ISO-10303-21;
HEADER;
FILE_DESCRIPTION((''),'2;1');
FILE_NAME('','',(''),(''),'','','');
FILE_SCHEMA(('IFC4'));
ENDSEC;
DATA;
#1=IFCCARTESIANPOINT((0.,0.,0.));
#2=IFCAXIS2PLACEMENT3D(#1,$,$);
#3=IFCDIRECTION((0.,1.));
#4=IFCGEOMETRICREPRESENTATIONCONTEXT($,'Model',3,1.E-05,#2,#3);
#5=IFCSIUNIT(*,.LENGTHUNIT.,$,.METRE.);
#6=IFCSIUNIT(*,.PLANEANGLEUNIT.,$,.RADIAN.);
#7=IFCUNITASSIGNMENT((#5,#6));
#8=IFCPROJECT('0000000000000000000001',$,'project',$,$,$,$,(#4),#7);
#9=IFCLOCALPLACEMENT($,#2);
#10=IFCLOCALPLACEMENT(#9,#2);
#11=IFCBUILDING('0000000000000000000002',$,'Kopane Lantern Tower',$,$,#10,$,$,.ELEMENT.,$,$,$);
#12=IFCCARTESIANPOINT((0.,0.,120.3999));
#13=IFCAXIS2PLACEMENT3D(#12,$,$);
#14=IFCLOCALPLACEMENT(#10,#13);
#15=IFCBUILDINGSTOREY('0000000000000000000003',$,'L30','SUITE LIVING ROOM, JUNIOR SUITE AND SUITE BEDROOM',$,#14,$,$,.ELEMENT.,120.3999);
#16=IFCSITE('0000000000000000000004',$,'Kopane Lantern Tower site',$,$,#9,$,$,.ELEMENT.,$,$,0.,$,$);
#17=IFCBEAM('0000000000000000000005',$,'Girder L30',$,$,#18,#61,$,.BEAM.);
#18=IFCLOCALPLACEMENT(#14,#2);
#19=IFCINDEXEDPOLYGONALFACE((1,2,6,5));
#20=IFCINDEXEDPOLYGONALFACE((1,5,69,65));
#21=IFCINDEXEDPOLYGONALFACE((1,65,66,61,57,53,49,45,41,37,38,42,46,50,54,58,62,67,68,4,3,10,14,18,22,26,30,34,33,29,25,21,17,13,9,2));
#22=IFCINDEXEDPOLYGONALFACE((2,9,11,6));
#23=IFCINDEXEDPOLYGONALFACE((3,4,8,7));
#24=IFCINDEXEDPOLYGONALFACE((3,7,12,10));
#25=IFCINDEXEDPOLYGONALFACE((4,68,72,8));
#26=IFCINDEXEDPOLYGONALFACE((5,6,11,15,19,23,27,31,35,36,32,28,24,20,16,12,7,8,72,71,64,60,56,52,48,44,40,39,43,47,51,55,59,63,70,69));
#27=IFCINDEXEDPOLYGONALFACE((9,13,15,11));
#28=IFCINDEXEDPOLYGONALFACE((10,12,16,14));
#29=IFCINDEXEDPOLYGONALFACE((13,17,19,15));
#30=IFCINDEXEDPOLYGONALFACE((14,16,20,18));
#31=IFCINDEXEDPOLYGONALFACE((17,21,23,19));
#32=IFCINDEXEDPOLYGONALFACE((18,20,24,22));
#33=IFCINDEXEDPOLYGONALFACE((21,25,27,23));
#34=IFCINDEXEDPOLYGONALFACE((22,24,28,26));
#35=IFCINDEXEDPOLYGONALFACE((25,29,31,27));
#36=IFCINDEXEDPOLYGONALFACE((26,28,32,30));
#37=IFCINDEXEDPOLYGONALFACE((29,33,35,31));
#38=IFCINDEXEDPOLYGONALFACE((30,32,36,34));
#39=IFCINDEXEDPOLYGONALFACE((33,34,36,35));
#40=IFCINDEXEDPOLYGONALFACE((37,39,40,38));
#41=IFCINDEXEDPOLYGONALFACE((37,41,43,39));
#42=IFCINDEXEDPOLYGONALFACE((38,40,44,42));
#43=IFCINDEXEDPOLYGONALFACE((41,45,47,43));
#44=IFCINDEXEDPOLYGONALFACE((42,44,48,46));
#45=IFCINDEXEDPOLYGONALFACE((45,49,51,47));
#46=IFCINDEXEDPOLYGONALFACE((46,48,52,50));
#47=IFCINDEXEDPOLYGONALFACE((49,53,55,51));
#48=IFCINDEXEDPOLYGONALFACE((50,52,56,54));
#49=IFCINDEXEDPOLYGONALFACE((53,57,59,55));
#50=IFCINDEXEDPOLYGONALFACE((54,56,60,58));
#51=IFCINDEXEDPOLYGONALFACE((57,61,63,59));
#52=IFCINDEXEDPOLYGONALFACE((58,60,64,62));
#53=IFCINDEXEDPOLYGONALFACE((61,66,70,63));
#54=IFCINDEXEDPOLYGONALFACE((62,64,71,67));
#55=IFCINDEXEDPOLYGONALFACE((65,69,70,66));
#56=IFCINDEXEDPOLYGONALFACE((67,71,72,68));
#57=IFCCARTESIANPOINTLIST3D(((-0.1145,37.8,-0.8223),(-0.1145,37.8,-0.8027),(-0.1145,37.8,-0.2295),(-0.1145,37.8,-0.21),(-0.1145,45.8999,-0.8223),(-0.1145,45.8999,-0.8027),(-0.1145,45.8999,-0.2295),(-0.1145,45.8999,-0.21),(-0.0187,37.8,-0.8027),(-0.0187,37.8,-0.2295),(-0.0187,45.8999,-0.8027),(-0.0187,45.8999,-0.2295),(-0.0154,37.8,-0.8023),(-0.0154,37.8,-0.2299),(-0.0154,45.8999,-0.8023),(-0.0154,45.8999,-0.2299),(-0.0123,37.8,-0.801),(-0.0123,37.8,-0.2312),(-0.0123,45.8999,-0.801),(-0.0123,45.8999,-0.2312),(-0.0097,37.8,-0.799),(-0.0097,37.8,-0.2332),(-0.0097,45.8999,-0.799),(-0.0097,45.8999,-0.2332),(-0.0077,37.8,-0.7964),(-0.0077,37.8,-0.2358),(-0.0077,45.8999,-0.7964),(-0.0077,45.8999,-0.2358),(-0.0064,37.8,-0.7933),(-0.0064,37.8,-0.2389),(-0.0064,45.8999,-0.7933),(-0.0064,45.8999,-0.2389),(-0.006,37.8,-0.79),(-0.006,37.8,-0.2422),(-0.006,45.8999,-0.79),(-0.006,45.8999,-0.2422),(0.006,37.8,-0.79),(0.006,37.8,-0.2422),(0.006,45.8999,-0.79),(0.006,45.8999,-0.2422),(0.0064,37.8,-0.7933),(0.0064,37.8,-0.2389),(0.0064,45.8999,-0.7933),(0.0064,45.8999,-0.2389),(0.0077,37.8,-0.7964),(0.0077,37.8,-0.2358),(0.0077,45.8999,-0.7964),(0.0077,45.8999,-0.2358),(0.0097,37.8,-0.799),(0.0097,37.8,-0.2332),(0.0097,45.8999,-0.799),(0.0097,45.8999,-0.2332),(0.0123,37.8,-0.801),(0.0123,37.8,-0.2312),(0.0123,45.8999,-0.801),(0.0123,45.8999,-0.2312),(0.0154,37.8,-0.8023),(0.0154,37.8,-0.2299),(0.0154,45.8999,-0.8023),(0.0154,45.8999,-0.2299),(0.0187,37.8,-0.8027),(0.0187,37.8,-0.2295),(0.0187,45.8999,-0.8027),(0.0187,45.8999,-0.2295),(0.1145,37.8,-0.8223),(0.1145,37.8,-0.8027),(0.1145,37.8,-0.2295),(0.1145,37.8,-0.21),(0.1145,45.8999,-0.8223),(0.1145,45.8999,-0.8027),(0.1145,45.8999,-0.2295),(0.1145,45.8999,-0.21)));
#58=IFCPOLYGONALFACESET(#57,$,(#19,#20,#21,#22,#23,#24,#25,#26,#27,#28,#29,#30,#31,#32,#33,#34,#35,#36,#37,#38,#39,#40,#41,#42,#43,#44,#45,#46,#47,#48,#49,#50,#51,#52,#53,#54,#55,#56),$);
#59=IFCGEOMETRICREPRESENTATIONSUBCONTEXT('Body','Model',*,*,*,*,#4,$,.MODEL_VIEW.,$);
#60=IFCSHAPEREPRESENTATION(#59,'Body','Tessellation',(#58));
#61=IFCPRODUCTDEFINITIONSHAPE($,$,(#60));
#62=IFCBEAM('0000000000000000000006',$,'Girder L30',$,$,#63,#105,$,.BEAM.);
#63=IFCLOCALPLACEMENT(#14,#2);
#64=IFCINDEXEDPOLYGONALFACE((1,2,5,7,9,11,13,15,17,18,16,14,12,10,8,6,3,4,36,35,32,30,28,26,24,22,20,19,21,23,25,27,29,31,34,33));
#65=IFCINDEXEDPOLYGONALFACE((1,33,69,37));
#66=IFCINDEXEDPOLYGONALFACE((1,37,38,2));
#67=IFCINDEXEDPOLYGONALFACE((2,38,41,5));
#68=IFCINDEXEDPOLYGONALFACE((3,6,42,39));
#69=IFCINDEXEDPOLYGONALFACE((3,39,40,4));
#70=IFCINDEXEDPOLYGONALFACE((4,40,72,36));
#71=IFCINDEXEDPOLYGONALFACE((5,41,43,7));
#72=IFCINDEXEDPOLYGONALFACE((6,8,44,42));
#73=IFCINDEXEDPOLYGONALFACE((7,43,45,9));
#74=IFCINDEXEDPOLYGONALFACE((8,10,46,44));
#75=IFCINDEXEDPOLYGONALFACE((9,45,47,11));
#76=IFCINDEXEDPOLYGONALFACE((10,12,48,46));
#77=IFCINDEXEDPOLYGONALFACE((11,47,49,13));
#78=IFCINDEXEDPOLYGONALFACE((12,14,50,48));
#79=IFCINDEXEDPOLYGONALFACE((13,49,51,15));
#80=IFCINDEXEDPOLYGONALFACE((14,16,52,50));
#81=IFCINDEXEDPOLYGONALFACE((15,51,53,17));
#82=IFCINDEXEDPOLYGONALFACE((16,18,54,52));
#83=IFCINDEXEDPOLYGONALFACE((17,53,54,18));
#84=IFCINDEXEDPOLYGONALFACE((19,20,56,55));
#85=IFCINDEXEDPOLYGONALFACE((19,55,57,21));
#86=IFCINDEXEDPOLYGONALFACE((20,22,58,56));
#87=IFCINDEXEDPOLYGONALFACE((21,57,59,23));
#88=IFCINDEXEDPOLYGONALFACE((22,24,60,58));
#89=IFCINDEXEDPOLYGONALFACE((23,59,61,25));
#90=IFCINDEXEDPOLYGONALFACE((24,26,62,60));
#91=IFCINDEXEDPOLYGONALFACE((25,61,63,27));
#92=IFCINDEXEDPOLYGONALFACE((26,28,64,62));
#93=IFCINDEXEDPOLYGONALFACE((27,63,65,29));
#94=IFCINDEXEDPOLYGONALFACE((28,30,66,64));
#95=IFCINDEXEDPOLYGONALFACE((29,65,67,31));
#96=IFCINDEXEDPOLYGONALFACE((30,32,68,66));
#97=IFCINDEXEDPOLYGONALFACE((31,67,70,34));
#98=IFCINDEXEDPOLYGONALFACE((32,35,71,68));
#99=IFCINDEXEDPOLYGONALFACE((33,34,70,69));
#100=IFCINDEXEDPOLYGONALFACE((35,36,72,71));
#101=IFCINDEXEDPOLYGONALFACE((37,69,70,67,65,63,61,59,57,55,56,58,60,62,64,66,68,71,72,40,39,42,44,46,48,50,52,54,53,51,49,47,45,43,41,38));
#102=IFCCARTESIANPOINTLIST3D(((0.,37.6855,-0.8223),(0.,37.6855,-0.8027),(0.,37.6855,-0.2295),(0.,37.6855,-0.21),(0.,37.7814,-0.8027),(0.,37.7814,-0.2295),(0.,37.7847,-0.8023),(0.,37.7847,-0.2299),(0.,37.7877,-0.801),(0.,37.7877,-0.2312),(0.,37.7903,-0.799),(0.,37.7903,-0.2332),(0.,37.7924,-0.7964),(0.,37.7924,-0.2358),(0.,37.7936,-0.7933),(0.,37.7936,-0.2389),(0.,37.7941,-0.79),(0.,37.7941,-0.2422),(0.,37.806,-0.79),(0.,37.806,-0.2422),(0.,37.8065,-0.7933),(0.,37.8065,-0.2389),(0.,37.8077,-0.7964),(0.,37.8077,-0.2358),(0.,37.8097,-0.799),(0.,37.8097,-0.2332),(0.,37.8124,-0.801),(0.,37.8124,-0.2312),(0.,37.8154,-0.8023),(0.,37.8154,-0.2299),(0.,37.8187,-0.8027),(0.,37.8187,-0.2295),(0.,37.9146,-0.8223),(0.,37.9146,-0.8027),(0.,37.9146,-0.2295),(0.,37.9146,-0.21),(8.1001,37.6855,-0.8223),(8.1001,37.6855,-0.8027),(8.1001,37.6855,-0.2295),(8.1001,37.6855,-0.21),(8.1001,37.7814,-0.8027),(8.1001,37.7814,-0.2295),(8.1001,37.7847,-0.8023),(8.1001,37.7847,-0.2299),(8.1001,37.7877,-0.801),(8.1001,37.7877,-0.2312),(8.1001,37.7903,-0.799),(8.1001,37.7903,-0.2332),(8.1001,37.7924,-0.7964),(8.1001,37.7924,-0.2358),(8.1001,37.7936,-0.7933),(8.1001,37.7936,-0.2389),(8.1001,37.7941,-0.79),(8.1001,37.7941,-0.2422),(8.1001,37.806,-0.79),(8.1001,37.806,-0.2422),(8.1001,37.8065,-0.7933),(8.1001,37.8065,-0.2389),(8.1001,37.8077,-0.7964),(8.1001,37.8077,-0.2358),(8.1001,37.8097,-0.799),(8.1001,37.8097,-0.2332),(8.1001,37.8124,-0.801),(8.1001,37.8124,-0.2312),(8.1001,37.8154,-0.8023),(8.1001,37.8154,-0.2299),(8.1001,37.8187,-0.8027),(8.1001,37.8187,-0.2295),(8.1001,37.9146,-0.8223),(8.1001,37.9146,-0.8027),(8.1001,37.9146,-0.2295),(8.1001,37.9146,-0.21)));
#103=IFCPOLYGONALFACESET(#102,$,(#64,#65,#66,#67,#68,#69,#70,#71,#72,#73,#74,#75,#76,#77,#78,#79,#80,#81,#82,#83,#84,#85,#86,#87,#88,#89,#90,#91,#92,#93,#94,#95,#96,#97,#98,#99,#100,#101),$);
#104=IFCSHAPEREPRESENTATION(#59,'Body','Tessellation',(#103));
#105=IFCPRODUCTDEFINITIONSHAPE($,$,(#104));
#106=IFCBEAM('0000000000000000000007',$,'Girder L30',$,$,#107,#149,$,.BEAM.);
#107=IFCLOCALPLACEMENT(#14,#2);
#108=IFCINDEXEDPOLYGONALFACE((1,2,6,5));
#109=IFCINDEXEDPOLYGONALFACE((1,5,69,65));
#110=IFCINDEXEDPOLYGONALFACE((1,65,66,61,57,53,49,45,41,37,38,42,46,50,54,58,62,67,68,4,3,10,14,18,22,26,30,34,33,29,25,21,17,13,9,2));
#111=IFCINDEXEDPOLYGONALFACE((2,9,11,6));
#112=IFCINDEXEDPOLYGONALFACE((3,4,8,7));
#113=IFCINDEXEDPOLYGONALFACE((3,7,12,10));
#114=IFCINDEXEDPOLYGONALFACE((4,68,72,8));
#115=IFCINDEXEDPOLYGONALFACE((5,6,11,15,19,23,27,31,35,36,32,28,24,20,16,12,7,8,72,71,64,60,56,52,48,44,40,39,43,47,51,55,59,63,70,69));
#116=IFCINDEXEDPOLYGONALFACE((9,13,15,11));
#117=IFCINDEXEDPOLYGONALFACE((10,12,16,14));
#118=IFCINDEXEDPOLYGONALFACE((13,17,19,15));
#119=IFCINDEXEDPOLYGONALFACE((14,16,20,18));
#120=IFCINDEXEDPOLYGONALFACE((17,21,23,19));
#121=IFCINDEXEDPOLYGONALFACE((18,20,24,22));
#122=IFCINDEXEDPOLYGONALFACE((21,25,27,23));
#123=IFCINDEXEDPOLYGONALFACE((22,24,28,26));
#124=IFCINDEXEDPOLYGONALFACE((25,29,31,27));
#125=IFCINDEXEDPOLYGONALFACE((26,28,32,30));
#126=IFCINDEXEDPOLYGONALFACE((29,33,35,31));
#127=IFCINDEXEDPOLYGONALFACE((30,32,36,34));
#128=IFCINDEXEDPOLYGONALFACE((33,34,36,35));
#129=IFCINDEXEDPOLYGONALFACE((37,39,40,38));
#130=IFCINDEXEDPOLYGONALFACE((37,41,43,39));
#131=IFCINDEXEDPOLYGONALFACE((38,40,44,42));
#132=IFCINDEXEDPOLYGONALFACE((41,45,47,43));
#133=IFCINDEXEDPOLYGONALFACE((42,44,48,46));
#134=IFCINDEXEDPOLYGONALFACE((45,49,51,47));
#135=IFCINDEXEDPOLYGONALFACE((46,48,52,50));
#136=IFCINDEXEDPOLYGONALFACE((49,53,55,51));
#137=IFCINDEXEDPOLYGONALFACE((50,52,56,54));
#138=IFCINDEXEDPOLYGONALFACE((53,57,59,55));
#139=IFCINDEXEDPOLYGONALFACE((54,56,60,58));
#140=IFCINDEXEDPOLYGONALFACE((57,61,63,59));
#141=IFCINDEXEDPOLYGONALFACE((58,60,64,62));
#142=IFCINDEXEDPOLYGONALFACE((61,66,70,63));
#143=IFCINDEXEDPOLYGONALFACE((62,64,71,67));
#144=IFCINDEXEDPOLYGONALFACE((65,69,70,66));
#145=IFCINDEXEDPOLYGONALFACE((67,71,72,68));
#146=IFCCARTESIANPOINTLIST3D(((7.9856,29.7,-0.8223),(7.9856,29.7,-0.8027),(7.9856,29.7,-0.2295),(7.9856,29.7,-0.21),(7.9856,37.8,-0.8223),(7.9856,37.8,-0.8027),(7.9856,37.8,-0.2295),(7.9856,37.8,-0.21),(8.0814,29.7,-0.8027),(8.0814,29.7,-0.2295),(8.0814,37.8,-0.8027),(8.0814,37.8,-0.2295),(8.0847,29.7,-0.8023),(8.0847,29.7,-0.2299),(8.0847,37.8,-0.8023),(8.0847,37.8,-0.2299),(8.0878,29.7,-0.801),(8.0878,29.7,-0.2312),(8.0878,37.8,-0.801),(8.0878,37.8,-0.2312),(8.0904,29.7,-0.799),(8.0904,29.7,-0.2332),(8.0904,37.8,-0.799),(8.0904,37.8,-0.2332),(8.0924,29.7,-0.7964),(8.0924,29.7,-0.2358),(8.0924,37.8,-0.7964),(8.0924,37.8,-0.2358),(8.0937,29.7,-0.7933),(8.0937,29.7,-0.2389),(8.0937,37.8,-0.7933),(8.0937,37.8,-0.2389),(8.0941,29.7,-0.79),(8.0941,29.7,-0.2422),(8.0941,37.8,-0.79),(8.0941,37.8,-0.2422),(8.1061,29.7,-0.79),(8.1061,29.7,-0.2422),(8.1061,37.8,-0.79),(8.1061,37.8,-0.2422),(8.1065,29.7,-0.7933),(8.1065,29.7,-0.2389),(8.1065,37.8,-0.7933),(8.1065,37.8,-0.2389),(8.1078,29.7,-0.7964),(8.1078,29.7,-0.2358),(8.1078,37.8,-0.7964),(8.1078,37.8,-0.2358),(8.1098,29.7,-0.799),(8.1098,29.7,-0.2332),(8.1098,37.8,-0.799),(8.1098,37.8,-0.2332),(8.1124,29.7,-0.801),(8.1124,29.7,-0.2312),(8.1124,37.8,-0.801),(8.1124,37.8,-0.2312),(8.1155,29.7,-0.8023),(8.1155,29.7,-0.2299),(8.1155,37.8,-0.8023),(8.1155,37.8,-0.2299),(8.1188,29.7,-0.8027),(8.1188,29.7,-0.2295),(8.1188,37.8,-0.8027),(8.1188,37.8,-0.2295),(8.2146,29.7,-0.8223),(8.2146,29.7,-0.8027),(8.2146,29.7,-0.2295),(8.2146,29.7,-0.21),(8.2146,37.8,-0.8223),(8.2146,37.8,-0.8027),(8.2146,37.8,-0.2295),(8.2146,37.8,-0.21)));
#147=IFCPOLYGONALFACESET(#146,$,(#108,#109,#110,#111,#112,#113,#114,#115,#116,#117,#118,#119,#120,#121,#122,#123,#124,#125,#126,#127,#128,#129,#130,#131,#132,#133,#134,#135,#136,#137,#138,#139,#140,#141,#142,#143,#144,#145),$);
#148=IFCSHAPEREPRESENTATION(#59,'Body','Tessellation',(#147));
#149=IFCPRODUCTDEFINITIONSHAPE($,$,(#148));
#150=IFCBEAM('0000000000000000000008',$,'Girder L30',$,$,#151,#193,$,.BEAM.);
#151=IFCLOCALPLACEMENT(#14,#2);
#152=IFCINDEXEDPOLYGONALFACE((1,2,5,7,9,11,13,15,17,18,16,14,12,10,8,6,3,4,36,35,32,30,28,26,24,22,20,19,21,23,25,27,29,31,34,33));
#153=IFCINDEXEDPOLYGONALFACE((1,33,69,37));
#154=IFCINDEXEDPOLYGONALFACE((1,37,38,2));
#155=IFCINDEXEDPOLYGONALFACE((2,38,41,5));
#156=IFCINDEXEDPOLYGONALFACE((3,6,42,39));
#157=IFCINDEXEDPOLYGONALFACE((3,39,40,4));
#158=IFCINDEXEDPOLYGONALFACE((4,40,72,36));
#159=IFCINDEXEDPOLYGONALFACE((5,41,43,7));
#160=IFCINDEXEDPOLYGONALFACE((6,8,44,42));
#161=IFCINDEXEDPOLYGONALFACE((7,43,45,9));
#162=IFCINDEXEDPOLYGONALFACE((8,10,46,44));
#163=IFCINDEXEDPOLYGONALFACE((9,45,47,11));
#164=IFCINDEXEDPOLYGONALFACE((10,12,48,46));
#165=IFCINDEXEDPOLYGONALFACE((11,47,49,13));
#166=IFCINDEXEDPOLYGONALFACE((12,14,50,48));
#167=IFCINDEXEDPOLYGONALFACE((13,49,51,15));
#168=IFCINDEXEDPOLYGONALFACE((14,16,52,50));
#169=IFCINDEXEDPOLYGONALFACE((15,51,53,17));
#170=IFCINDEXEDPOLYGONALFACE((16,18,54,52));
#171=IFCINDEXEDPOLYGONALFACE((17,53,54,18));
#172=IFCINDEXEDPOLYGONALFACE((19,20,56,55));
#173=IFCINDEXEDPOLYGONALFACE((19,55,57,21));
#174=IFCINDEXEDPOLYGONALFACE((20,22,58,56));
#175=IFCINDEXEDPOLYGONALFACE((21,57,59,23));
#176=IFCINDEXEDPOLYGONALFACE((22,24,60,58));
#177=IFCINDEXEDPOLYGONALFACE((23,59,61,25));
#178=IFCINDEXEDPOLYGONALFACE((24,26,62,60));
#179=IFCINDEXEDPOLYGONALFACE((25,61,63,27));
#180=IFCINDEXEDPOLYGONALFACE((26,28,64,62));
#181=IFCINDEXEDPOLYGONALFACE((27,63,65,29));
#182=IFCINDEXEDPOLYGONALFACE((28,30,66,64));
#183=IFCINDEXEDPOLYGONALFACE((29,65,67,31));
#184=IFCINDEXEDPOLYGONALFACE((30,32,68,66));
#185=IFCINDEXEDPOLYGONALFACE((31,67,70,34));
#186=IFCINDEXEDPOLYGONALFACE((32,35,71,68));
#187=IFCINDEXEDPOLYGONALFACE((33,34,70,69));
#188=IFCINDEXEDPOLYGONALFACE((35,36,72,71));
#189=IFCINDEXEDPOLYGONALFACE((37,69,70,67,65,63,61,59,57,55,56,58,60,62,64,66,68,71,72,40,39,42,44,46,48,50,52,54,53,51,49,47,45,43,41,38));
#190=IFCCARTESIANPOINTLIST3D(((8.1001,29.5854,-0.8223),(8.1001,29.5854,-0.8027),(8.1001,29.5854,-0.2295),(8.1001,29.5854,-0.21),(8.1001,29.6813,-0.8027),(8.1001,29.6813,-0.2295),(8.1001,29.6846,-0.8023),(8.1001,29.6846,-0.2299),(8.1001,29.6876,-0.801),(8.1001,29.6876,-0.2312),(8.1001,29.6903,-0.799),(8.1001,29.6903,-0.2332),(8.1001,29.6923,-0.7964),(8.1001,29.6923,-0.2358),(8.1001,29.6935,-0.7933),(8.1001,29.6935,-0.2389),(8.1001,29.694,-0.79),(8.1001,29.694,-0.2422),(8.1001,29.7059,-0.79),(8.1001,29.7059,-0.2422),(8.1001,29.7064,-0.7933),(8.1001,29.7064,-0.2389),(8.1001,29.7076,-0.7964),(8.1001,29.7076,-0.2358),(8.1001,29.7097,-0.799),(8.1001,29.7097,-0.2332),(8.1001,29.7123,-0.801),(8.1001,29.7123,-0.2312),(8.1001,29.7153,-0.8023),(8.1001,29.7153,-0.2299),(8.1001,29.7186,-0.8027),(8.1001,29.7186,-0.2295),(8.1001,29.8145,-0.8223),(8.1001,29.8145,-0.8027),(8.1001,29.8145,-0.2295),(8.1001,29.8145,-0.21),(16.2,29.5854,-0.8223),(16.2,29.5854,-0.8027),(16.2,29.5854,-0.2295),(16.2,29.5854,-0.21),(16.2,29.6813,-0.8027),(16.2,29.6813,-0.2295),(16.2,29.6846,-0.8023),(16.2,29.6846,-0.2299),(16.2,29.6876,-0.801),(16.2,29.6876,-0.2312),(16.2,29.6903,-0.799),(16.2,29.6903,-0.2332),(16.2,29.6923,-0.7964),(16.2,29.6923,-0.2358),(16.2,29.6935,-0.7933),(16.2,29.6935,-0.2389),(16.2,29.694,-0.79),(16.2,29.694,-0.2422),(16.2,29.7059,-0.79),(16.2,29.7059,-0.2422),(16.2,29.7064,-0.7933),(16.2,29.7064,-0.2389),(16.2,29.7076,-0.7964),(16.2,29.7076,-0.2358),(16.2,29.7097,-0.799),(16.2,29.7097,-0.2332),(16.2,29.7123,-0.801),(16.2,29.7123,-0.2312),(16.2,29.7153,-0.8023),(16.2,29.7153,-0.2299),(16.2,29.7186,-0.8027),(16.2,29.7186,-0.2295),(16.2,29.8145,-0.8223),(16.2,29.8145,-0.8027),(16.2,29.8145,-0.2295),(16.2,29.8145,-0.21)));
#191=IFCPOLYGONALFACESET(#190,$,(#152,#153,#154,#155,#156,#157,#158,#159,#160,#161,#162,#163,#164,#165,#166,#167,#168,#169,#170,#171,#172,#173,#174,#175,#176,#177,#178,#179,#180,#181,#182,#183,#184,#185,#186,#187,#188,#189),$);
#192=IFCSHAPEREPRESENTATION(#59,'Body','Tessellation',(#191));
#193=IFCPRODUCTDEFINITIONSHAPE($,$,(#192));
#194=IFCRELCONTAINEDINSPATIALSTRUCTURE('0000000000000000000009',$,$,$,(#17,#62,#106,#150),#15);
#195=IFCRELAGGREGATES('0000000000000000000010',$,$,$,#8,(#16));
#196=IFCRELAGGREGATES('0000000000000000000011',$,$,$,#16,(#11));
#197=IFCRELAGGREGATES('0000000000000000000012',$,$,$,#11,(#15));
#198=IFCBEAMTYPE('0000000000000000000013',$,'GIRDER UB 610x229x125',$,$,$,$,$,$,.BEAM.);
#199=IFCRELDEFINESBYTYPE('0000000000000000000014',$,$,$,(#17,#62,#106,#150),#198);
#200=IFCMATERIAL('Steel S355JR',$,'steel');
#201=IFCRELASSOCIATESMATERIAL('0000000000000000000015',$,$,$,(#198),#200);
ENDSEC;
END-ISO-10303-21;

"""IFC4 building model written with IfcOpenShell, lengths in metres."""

from ifc_helpers import new_model, si_unit, direction, frame, origin, origin_2d, place, context, subcontext, project, spatial, i_section, extrude, material, material_profile, profile_set, type_object, element, save


model = new_model("IFC4")

# Units and contexts
model_context = context("Model", 3, precision=1e-05, world=origin(), true_north=direction((0.0, 1.0)))
body_context = subcontext(model_context, "Body", "Model", "MODEL_VIEW")
ifc_project = project(units=[si_unit("LENGTHUNIT", "METRE"), si_unit("PLANEANGLEUNIT", "RADIAN")], contexts=[model_context])

# Site, building, storey
site_placement = place(None, origin())
site = spatial("IfcSite", under=ifc_project, at=site_placement, Name="Kopane Lantern Tower site", CompositionType="ELEMENT", RefElevation=0.0)
building_placement = place(site_placement, origin())
building = spatial("IfcBuilding", under=site, at=building_placement, Name="Kopane Lantern Tower", CompositionType="ELEMENT")
storey_placement = place(building_placement, frame((0.0, 0.0, 120.3999)))
storey = spatial("IfcBuildingStorey", under=building, at=storey_placement, Name="L30", Description="SUITE LIVING ROOM, JUNIOR SUITE AND SUITE BEDROOM", CompositionType="ELEMENT", Elevation=120.3999)

# Beams
ifc_material_1 = material(Name="Steel S355JR", Category="steel")
ifc_material_profile_1 = material_profile(ifc_material_1, i_section(OverallWidth=0.229, OverallDepth=0.6123, WebThickness=0.012, FlangeThickness=0.0195, FilletRadius=0.0127, at=origin_2d()), Name="UB 610x229x125")
ifc_profile_set_1 = profile_set([ifc_material_profile_1], Name="Steel S355JR")
beam_type = type_object("IfcBeamType", Name="GIRDER UB 610x229x125", PredefinedType="BEAM", material=ifc_profile_set_1)
beam_placement = place(storey_placement, frame((0.0, 37.8, -0.5161), z_axis=(0.0, 1.0, 0.0), x_axis=(-1.0, 0.0, 0.0)))
element("IfcBeam", 1, at=beam_placement, inside=storey, type_object=beam_type, Name="Girder L30", PredefinedType="BEAM", context=body_context, shape_type="SweptSolid", body=[
    extrude(i_section(OverallWidth=0.229, OverallDepth=0.6123, WebThickness=0.012, FlangeThickness=0.0195, FilletRadius=0.0127, at=origin_2d()), origin(), (0.0, 0.0, 1.0), 8.0999),
])
for number, where, z_axis, x_axis, name in (
    (2, (0.0, 37.8, -0.5161), (1.0, 0.0, 0.0), (0.0, 1.0, 0.0), "Girder L30"),
    (3, (8.1001, 29.7, -0.5161), (0.0, 1.0, 0.0), (-1.0, 0.0, 0.0), "Girder L30"),
):
    element("IfcBeam", number, at=place(storey_placement, frame(where, z_axis=z_axis, x_axis=x_axis)), inside=storey, type_object=beam_type, Name=name, PredefinedType="BEAM", context=body_context, shape_type="SweptSolid", body=[
        extrude(i_section(OverallWidth=0.229, OverallDepth=0.6123, WebThickness=0.012, FlangeThickness=0.0195, FilletRadius=0.0127, at=origin_2d()), origin(), (0.0, 0.0, 1.0), 8.1001),
    ])
for number, where, z_axis, x_axis, name in (
    (4, (8.1001, 29.7, -0.5161), (1.0, 0.0, 0.0), (0.0, 1.0, 0.0), "Girder L30"),
):
    element("IfcBeam", number, at=place(storey_placement, frame(where, z_axis=z_axis, x_axis=x_axis)), inside=storey, type_object=beam_type, Name=name, PredefinedType="BEAM", context=body_context, shape_type="SweptSolid", body=[
        extrude(i_section(OverallWidth=0.229, OverallDepth=0.6123, WebThickness=0.012, FlangeThickness=0.0195, FilletRadius=0.0127, at=origin_2d()), origin(), (0.0, 0.0, 1.0), 8.0999),
    ])

save(model, "model.ifc")
